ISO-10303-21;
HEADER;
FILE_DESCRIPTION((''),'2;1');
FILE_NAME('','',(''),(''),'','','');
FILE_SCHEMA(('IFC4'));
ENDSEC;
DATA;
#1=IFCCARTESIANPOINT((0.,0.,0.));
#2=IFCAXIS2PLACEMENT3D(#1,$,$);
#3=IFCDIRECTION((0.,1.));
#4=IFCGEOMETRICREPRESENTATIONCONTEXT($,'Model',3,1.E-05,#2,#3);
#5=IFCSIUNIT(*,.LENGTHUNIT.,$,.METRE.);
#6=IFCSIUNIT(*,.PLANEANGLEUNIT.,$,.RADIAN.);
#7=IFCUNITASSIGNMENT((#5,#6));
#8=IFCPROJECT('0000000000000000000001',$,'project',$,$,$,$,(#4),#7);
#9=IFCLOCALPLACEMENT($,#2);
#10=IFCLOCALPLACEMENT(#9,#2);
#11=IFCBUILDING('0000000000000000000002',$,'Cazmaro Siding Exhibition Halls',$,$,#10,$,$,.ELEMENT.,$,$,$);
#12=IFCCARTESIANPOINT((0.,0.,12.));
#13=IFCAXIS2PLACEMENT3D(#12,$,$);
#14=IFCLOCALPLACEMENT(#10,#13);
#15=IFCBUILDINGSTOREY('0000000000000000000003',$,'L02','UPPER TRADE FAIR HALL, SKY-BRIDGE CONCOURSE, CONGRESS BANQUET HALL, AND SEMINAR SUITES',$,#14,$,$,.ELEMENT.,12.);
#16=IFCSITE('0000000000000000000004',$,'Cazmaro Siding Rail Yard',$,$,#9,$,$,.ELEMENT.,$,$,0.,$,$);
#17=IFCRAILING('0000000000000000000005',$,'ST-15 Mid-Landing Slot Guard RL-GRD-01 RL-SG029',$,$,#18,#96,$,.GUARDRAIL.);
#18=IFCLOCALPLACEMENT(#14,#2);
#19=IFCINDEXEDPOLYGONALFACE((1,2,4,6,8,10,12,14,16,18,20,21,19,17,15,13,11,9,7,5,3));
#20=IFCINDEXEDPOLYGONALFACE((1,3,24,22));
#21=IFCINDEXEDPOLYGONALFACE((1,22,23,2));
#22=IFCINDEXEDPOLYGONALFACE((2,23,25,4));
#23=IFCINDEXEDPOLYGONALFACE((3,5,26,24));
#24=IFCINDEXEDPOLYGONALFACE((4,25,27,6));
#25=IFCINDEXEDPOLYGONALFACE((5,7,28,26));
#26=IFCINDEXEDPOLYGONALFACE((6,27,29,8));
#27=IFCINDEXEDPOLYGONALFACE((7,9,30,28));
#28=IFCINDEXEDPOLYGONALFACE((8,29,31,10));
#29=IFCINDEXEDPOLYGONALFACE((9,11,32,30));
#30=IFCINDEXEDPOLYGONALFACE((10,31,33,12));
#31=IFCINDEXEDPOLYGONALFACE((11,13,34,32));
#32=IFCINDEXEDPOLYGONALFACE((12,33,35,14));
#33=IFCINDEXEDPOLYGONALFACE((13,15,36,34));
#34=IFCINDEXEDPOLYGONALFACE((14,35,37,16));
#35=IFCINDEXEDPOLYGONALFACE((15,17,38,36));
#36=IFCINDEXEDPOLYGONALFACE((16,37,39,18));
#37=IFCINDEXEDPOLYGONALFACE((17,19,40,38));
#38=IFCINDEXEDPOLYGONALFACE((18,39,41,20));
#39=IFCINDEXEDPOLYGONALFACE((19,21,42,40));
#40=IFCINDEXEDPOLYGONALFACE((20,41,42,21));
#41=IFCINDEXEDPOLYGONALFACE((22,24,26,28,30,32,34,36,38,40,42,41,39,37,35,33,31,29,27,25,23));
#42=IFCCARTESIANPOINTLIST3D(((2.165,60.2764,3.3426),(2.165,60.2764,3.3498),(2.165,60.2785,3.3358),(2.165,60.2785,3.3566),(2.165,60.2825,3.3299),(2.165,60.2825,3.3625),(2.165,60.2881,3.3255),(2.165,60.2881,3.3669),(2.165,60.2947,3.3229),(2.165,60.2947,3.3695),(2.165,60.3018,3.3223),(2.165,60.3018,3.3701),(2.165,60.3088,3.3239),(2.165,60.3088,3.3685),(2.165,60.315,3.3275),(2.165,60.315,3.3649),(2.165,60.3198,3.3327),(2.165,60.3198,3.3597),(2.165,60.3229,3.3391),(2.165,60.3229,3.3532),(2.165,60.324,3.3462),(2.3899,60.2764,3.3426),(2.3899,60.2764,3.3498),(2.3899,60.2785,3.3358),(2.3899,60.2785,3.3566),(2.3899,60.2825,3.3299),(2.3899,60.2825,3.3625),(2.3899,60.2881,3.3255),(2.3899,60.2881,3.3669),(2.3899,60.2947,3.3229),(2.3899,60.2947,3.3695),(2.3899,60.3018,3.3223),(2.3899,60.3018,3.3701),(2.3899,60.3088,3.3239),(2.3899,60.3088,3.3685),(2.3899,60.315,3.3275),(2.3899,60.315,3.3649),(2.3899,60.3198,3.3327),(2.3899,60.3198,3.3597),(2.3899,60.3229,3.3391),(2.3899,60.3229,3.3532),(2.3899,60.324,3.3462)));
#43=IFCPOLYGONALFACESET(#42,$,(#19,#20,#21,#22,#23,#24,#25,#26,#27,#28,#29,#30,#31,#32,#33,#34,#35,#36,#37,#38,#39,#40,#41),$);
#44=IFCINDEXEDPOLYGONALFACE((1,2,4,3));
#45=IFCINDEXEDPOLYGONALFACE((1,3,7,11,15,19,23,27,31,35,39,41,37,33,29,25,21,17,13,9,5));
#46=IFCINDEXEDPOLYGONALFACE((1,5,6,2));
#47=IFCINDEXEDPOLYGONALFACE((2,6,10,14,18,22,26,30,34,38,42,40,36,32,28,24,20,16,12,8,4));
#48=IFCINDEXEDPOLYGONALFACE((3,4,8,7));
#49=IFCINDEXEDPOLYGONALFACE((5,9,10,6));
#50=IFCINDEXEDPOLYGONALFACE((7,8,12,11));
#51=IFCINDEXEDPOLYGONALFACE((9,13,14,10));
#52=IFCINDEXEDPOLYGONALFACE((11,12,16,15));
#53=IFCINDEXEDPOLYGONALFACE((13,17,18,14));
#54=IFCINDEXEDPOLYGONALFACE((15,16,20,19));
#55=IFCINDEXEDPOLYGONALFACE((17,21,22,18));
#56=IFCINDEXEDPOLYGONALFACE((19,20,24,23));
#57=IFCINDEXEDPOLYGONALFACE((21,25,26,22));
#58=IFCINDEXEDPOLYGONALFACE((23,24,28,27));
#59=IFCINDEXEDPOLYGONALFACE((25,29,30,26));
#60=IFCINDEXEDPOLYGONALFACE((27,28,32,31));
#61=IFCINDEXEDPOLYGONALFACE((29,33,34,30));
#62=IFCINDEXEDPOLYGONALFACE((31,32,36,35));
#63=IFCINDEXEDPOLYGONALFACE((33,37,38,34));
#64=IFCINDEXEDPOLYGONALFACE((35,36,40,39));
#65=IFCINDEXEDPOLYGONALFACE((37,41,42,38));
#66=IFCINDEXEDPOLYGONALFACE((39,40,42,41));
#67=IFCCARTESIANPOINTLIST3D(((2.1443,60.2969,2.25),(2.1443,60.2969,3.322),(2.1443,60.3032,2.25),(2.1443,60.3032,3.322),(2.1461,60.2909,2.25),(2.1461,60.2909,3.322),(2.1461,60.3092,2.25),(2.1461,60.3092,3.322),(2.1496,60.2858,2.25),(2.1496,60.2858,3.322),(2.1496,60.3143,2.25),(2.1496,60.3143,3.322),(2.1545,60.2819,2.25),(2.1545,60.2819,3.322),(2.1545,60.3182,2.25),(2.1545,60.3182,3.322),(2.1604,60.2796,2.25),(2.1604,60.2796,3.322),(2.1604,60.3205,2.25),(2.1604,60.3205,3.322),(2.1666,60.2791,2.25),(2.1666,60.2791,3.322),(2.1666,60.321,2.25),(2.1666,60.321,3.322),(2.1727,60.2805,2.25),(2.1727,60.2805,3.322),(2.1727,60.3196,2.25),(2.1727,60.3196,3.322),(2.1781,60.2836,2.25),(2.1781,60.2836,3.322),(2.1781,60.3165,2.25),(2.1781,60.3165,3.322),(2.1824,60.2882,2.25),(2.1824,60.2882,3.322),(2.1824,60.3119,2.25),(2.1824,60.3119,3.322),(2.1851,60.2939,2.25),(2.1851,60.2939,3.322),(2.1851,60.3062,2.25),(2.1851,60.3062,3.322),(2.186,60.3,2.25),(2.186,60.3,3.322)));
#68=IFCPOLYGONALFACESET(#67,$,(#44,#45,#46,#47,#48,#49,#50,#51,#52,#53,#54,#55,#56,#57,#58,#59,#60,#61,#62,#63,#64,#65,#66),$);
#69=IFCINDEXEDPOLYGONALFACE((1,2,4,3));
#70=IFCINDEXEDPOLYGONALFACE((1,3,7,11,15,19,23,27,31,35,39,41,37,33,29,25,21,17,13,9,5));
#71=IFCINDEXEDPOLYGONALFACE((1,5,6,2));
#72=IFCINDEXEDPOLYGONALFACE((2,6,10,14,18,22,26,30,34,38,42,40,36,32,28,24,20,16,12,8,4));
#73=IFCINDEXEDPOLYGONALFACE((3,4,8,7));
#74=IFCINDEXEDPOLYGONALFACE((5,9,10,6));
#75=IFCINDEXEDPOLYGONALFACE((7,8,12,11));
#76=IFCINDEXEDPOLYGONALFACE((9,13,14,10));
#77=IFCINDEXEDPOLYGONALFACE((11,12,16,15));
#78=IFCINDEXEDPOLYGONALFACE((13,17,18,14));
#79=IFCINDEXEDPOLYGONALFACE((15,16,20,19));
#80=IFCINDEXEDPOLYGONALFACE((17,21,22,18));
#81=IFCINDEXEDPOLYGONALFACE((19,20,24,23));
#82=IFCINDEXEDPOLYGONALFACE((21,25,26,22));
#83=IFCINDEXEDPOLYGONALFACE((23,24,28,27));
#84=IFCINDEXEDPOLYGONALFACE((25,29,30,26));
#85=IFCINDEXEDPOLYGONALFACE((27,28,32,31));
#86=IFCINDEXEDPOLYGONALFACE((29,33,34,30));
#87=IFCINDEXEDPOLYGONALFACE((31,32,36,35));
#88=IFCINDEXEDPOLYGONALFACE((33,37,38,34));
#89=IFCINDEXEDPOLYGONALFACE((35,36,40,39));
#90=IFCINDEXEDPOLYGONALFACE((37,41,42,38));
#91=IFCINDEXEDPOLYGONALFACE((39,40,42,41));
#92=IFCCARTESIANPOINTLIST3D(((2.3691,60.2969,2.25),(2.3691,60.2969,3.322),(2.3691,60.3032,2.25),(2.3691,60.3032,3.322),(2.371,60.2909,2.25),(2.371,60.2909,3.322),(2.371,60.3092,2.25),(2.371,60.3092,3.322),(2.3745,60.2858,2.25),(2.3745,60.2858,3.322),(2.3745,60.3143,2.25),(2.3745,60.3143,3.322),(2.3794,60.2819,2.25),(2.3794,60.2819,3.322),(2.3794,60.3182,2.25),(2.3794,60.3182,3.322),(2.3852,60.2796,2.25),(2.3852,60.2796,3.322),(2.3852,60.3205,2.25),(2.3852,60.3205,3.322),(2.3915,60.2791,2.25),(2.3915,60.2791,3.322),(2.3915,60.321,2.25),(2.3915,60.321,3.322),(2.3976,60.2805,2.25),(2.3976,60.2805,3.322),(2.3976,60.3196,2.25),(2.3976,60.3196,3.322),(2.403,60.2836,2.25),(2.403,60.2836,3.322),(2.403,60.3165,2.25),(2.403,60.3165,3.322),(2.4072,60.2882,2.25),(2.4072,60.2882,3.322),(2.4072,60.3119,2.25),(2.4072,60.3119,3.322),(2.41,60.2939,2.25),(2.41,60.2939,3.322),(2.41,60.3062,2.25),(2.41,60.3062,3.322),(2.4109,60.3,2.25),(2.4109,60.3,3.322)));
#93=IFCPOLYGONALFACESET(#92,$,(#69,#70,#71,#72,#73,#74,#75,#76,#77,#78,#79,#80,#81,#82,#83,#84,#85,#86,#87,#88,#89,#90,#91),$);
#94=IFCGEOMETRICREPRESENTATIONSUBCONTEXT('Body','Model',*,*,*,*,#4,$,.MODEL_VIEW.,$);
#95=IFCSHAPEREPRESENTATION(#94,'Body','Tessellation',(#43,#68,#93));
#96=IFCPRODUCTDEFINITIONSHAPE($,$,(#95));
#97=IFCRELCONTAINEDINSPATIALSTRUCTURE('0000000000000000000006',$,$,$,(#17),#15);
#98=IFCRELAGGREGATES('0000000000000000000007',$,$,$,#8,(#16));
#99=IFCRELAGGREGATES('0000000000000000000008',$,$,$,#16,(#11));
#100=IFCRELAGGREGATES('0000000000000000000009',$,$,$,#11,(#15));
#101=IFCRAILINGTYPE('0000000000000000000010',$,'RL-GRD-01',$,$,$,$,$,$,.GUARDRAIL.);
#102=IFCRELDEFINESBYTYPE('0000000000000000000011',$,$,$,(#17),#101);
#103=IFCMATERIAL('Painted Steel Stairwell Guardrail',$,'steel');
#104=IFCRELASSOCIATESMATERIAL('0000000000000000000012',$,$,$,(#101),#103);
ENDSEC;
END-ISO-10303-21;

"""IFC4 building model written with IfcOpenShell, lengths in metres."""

from ifc_helpers import new_model, si_unit, direction, frame, origin, origin_2d, place, context, subcontext, project, spatial, circle, extrude, material, type_object, element, save


model = new_model("IFC4")

# Units and contexts
model_context = context("Model", 3, precision=1e-05, world=origin(), true_north=direction((0.0, 1.0)))
body_context = subcontext(model_context, "Body", "Model", "MODEL_VIEW")
ifc_project = project(units=[si_unit("LENGTHUNIT", "METRE"), si_unit("PLANEANGLEUNIT", "RADIAN")], contexts=[model_context])

# Site, building, storey
site_placement = place(None, origin())
site = spatial("IfcSite", under=ifc_project, at=site_placement, Name="Cazmaro Siding Rail Yard", CompositionType="ELEMENT", RefElevation=0.0)
building_placement = place(site_placement, origin())
building = spatial("IfcBuilding", under=site, at=building_placement, Name="Cazmaro Siding Exhibition Halls", CompositionType="ELEMENT")
storey_placement = place(building_placement, frame((0.0, 0.0, 12.0)))
storey = spatial("IfcBuildingStorey", under=building, at=storey_placement, Name="L02", Description="UPPER TRADE FAIR HALL, SKY-BRIDGE CONCOURSE, CONGRESS BANQUET HALL, AND SEMINAR SUITES", CompositionType="ELEMENT", Elevation=12.0)

# Railing
ifc_material_1 = material(Name="Painted Steel Stairwell Guardrail", Category="steel")
railing_type_1 = type_object("IfcRailingType", Name="RL-GRD-01", PredefinedType="GUARDRAIL", material=ifc_material_1)
for number, where, name in (
    (1, (2.165, 60.3, 2.25), "ST-15 Mid-Landing Slot Guard RL-GRD-01 RL-SG029"),
):
    element("IfcRailing", number, at=place(storey_placement, frame(where)), inside=storey, type_object=railing_type_1, Name=name, PredefinedType="GUARDRAIL", context=body_context, shape_type="SweptSolid", body=[
        extrude(circle(Radius=0.0239, at=origin_2d()), frame((0.0, 0.0, 1.0962), z_axis=(1.0, 0.0, 0.0), x_axis=(0.0, 1.0, 0.0)), (0.0, 0.0, 1.0), 0.2249),
        extrude(circle(Radius=0.021, at=origin_2d()), origin(), (0.0, 0.0, 1.0), 1.072),
        extrude(circle(Radius=0.021, at=origin_2d()), frame((0.2249, 0.0, 0.0)), (0.0, 0.0, 1.0), 1.072),
    ])

save(model, "model.ifc")
